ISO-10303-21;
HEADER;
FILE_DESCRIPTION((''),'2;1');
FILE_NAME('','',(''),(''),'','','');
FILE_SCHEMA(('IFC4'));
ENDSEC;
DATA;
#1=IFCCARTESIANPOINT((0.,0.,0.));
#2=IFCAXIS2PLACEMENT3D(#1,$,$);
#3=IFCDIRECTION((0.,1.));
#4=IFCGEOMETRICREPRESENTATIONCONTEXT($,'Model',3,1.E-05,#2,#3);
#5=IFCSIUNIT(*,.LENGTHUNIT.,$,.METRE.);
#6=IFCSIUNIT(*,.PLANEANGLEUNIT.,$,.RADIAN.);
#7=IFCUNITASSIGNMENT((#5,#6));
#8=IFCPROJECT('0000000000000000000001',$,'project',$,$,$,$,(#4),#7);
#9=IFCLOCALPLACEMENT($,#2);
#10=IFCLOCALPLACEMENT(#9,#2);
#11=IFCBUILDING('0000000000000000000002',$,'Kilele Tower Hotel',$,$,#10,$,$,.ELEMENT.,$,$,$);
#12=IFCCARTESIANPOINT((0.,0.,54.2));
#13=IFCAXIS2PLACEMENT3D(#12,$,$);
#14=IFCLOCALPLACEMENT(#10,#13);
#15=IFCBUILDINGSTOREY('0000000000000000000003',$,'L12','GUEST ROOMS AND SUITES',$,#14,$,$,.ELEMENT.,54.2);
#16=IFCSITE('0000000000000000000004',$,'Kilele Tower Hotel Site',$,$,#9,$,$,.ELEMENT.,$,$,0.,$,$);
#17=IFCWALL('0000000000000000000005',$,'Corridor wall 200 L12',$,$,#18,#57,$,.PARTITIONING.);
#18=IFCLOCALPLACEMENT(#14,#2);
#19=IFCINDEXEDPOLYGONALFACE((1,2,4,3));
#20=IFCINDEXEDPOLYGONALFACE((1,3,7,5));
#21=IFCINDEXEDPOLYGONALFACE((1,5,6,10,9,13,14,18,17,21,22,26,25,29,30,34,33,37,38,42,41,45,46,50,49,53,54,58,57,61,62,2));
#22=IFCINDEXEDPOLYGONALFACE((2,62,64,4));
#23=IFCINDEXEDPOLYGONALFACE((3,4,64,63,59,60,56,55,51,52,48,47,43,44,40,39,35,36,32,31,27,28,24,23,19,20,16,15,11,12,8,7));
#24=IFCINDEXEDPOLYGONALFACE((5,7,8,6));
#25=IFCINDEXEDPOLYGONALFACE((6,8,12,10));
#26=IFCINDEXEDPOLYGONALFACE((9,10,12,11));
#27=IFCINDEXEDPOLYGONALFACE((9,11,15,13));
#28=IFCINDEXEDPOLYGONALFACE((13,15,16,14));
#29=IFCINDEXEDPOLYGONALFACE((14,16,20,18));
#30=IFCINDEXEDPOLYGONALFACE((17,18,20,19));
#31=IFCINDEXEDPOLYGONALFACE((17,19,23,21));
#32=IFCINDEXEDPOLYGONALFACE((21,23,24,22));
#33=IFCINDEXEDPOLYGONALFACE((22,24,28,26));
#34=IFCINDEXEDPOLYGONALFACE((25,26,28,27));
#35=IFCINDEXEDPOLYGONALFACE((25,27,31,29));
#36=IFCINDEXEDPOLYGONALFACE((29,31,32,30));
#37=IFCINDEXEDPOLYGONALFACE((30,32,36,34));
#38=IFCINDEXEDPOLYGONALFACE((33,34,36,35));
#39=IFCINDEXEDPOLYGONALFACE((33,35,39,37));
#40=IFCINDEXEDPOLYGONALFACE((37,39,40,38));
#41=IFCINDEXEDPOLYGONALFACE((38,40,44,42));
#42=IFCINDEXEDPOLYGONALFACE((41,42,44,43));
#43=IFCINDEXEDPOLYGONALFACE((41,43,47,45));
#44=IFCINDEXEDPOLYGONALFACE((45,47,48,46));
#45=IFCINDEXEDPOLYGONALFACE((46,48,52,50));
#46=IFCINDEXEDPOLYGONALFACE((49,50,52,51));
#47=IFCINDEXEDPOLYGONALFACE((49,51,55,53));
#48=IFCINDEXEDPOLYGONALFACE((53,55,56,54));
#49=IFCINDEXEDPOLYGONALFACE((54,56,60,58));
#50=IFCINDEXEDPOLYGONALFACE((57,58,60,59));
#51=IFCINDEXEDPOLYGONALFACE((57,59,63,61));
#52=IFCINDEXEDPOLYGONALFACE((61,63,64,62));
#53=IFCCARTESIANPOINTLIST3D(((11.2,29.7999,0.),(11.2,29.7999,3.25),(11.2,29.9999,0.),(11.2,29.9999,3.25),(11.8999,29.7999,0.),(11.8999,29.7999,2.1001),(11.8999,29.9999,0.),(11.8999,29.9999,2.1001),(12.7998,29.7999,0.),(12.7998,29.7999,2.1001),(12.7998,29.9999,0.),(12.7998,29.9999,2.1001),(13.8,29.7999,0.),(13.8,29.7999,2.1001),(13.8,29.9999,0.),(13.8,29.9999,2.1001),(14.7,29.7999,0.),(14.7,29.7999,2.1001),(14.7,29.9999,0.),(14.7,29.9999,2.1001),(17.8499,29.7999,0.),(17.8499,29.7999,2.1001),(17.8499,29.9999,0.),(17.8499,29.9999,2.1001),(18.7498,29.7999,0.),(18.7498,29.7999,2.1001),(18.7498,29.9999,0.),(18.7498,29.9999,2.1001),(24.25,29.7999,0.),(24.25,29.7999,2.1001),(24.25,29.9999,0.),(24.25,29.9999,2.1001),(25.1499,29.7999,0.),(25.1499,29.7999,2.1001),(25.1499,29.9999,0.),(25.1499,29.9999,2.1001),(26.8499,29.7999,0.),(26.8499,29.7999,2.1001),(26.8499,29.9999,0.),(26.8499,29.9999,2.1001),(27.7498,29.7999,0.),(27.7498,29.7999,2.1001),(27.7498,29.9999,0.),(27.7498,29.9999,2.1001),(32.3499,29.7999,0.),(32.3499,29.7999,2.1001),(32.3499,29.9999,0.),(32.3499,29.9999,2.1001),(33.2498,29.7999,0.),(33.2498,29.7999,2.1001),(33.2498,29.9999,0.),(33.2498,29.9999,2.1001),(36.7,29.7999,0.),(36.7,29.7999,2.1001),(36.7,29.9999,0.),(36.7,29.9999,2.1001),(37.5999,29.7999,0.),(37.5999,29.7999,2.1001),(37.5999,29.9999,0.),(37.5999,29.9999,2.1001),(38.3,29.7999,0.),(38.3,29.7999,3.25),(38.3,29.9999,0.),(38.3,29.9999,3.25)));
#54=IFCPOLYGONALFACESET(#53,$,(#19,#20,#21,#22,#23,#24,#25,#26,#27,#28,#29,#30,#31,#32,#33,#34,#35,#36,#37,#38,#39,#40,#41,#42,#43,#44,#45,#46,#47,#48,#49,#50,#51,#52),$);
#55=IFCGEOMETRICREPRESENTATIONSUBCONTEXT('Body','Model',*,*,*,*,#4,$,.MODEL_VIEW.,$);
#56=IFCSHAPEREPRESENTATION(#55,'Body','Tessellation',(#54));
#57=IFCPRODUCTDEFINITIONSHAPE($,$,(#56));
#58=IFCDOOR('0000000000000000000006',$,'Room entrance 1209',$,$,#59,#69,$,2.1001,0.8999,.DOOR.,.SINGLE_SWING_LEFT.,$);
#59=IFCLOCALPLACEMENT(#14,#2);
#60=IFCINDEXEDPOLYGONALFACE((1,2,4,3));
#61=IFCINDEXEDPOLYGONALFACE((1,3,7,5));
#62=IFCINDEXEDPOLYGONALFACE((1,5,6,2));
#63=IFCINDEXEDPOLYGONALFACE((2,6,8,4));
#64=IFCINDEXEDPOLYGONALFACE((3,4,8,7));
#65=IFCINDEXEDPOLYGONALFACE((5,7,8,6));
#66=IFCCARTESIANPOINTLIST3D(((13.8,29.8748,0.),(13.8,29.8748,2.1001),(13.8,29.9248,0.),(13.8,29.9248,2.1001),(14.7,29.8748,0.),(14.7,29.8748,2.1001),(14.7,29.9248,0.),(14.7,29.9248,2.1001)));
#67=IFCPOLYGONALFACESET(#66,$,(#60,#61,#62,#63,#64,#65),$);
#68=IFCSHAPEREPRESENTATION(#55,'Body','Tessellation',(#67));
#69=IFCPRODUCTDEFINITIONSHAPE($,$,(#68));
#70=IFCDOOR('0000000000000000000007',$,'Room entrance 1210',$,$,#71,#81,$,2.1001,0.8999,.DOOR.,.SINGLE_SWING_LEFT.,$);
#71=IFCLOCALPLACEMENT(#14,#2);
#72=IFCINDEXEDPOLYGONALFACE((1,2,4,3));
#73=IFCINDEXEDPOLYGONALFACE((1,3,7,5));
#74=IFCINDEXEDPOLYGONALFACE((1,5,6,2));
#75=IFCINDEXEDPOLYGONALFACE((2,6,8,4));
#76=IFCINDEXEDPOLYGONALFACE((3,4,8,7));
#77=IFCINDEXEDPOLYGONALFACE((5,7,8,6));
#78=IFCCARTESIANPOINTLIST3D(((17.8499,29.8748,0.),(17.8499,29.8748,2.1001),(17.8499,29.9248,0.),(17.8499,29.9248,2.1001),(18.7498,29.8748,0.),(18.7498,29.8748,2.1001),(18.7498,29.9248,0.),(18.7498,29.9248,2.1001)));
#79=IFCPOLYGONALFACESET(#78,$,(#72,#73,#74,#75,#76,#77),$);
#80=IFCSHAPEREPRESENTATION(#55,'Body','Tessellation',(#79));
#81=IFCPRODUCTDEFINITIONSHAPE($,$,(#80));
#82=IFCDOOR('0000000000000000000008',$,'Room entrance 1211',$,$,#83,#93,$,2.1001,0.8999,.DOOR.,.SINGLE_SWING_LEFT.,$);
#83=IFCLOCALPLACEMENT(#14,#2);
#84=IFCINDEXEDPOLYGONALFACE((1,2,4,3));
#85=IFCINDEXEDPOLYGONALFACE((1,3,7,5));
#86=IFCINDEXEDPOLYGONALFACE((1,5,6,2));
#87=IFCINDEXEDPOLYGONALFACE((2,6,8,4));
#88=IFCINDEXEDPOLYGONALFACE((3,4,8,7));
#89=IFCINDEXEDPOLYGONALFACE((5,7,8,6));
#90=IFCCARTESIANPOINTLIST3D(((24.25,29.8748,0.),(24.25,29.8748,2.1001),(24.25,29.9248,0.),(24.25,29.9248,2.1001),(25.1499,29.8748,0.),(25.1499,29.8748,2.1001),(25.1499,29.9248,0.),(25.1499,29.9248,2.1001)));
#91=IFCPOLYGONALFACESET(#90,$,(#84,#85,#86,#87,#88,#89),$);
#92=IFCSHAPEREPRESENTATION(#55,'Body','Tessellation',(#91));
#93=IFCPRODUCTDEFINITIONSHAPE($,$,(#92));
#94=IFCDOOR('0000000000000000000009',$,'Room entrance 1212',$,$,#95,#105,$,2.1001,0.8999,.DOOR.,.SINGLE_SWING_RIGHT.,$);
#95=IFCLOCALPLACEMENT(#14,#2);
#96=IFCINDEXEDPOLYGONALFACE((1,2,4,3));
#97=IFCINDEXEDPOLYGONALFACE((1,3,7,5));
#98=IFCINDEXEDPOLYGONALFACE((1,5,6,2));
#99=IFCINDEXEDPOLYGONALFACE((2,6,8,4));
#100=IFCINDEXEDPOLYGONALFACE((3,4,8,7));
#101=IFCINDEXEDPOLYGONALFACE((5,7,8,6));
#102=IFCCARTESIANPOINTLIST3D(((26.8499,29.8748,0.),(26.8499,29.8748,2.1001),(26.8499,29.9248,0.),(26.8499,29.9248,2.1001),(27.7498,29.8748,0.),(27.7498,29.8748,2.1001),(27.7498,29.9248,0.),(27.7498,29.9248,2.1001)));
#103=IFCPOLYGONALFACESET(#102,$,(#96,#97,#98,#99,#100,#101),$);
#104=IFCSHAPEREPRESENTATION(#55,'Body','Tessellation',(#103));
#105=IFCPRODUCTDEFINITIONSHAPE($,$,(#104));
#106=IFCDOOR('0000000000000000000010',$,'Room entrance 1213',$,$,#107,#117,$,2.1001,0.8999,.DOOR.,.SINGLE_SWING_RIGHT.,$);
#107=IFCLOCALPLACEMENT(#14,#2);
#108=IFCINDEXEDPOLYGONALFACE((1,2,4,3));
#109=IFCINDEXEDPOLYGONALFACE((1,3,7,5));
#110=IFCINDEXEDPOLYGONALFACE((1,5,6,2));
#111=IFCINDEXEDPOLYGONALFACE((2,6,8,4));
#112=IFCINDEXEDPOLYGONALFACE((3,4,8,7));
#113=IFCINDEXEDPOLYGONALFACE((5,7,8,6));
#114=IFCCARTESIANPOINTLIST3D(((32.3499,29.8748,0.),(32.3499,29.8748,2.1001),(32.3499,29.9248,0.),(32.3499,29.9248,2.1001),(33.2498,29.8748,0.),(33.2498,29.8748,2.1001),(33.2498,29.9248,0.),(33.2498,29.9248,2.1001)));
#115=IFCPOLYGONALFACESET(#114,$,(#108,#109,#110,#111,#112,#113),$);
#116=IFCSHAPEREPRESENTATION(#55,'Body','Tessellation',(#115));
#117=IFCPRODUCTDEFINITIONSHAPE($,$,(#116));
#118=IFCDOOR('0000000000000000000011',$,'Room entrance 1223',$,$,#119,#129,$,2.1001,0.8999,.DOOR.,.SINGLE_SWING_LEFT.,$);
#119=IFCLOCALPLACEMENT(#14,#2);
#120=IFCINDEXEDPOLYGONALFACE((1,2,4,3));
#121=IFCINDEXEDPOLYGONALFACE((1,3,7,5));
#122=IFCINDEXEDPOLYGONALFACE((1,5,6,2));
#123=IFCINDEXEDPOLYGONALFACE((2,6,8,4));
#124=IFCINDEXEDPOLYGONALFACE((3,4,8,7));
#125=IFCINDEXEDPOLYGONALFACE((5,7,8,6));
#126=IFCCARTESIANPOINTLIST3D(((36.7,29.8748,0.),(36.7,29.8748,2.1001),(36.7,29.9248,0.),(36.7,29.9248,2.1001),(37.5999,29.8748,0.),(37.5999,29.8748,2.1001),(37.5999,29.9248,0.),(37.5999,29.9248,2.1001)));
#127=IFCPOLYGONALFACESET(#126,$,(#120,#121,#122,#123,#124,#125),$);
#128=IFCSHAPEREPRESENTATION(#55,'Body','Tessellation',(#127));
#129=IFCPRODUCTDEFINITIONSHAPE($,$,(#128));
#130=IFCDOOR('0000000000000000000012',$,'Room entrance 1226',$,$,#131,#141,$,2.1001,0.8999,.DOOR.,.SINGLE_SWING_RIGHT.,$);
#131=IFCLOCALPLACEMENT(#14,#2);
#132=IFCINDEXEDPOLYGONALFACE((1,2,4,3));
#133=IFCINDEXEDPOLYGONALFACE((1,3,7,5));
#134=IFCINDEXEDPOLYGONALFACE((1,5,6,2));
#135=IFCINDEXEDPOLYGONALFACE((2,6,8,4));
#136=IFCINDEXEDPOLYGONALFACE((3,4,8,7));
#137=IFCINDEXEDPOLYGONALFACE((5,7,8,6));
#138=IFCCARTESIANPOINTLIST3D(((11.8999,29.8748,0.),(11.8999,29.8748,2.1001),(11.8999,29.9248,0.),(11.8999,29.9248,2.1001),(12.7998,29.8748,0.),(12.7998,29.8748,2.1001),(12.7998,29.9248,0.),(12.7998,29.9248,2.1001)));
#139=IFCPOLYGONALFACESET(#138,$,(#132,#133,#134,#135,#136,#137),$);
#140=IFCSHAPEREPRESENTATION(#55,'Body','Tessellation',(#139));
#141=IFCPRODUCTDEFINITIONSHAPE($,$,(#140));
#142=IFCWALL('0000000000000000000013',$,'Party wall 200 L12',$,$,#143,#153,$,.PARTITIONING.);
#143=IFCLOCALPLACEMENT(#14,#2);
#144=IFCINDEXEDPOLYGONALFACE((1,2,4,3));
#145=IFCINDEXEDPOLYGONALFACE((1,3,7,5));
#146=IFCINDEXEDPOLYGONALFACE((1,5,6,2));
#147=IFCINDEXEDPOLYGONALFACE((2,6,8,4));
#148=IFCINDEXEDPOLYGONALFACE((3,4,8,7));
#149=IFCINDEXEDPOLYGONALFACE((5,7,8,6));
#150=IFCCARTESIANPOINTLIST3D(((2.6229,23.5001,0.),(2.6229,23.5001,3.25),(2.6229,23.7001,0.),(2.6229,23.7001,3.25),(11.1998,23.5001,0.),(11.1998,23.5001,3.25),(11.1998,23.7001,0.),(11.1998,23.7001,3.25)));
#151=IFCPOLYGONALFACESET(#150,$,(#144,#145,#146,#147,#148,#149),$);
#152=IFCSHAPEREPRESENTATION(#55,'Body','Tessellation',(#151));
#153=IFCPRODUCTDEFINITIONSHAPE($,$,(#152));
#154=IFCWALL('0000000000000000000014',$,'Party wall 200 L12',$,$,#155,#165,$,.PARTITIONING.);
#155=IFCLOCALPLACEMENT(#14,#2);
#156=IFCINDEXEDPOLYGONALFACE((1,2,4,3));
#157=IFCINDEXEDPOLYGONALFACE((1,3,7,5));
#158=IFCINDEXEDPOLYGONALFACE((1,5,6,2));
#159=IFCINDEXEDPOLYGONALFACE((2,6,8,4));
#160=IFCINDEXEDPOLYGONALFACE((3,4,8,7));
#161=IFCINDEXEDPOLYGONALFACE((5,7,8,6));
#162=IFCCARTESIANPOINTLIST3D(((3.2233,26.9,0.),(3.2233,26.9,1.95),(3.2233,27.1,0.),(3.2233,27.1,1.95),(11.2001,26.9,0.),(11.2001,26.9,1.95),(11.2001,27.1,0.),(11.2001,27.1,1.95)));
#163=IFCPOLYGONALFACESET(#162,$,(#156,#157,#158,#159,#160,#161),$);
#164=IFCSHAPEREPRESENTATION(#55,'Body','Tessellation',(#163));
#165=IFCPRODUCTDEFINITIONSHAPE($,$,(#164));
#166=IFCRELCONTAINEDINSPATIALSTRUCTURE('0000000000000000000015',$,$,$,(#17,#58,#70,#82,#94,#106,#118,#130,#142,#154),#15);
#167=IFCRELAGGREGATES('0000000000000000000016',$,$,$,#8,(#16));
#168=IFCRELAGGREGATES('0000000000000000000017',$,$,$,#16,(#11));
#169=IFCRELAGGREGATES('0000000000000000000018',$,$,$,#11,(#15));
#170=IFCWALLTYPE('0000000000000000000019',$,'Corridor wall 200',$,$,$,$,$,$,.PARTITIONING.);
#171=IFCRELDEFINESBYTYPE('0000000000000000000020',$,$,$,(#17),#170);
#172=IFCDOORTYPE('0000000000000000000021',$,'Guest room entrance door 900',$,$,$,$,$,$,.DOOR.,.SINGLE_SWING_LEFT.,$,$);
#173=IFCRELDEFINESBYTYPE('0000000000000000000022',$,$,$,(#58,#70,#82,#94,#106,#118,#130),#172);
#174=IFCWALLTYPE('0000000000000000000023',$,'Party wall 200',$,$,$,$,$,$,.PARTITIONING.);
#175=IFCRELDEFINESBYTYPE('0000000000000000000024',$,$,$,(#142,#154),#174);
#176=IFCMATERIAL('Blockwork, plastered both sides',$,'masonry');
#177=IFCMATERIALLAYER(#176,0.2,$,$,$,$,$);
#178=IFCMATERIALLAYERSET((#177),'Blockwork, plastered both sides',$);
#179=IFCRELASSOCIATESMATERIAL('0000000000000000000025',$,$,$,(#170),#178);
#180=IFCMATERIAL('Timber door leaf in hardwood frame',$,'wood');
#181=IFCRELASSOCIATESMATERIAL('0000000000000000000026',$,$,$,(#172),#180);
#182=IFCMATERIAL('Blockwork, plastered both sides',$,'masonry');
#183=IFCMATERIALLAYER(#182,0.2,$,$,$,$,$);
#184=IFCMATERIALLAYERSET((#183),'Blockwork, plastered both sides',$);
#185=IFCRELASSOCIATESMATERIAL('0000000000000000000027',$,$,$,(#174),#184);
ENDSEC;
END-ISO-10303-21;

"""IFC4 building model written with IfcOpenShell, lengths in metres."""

from ifc_helpers import new_model, si_unit, direction, frame, frame_2d, origin, place, context, subcontext, project, spatial, rectangle, extrude, material, layer, layer_set, type_object, element, fill, save


model = new_model("IFC4")

# Units and contexts
model_context = context("Model", 3, precision=1e-05, world=origin(), true_north=direction((0.0, 1.0)))
body_context = subcontext(model_context, "Body", "Model", "MODEL_VIEW")
ifc_project = project(units=[si_unit("LENGTHUNIT", "METRE"), si_unit("PLANEANGLEUNIT", "RADIAN")], contexts=[model_context])

# Site, building, storey
site_placement = place(None, origin())
site = spatial("IfcSite", under=ifc_project, at=site_placement, Name="Kilele Tower Hotel Site", CompositionType="ELEMENT", RefElevation=0.0)
building_placement = place(site_placement, origin())
building = spatial("IfcBuilding", under=site, at=building_placement, Name="Kilele Tower Hotel", CompositionType="ELEMENT")
storey_placement = place(building_placement, frame((0.0, 0.0, 54.2)))
storey = spatial("IfcBuildingStorey", under=building, at=storey_placement, Name="L12", Description="GUEST ROOMS AND SUITES", CompositionType="ELEMENT", Elevation=54.2)

# Wall, openings, doors
ifc_material_1 = material(Name="Blockwork, plastered both sides", Category="masonry")
ifc_layer_1 = layer(ifc_material_1, 0.2)
ifc_layer_set_1 = layer_set([ifc_layer_1], Name="Blockwork, plastered both sides")
wall_type_1 = type_object("IfcWallType", Name="Corridor wall 200", PredefinedType="PARTITIONING", material=ifc_layer_set_1)
wall_1_placement = place(storey_placement, frame((11.2, 29.8999, 0.0), z_axis=(0.0, 0.0, 1.0), x_axis=(1.0, 0.0, 0.0)))
wall_1 = element("IfcWall", 1, at=wall_1_placement, inside=storey, type_object=wall_type_1, Name="Corridor wall 200 L12", PredefinedType="PARTITIONING", context=body_context, shape_type="SweptSolid", body=[
    extrude(rectangle(XDim=27.1001, YDim=0.2, at=frame_2d((13.55, 0.0))), origin(), (0.0, 0.0, 1.0), 3.25),
])
opening_1_placement = place(wall_1_placement, frame((2.6001, 0.0, 0.0)))
opening_1 = element("IfcOpeningElement", 2, at=opening_1_placement, cuts=wall_1, PredefinedType="OPENING", context=body_context, shape_type="SweptSolid", body=[
    extrude(rectangle(XDim=0.8999, YDim=2.1001, at=frame_2d((0.45, 1.05))), frame((0.0, 0.1099, 0.0), z_axis=(0.0, -1.0, 0.0), x_axis=(1.0, 0.0, 0.0)), (0.0, 0.0, 1.0), 0.22),
])
opening_2_placement = place(wall_1_placement, frame((6.6499, 0.0, 0.0)))
opening_2 = element("IfcOpeningElement", 3, at=opening_2_placement, cuts=wall_1, PredefinedType="OPENING", context=body_context, shape_type="SweptSolid", body=[
    extrude(rectangle(XDim=0.8999, YDim=2.1001, at=frame_2d((0.45, 1.05))), frame((0.0, 0.1099, 0.0), z_axis=(0.0, -1.0, 0.0), x_axis=(1.0, 0.0, 0.0)), (0.0, 0.0, 1.0), 0.22),
])
opening_3_placement = place(wall_1_placement, frame((13.05, 0.0, 0.0)))
opening_3 = element("IfcOpeningElement", 4, at=opening_3_placement, cuts=wall_1, PredefinedType="OPENING", context=body_context, shape_type="SweptSolid", body=[
    extrude(rectangle(XDim=0.8999, YDim=2.1001, at=frame_2d((0.45, 1.05))), frame((0.0, 0.1099, 0.0), z_axis=(0.0, -1.0, 0.0), x_axis=(1.0, 0.0, 0.0)), (0.0, 0.0, 1.0), 0.22),
])
opening_4_placement = place(wall_1_placement, frame((15.6499, 0.0, 0.0)))
opening_4 = element("IfcOpeningElement", 5, at=opening_4_placement, cuts=wall_1, PredefinedType="OPENING", context=body_context, shape_type="SweptSolid", body=[
    extrude(rectangle(XDim=0.8999, YDim=2.1001, at=frame_2d((0.45, 1.05))), frame((0.0, 0.1099, 0.0), z_axis=(0.0, -1.0, 0.0), x_axis=(1.0, 0.0, 0.0)), (0.0, 0.0, 1.0), 0.22),
])
opening_5_placement = place(wall_1_placement, frame((21.1499, 0.0, 0.0)))
opening_5 = element("IfcOpeningElement", 6, at=opening_5_placement, cuts=wall_1, PredefinedType="OPENING", context=body_context, shape_type="SweptSolid", body=[
    extrude(rectangle(XDim=0.8999, YDim=2.1001, at=frame_2d((0.45, 1.05))), frame((0.0, 0.1099, 0.0), z_axis=(0.0, -1.0, 0.0), x_axis=(1.0, 0.0, 0.0)), (0.0, 0.0, 1.0), 0.22),
])
opening_6_placement = place(wall_1_placement, frame((25.5, 0.0, 0.0)))
opening_6 = element("IfcOpeningElement", 7, at=opening_6_placement, cuts=wall_1, PredefinedType="OPENING", context=body_context, shape_type="SweptSolid", body=[
    extrude(rectangle(XDim=0.8999, YDim=2.1001, at=frame_2d((0.45, 1.05))), frame((0.0, 0.1099, 0.0), z_axis=(0.0, -1.0, 0.0), x_axis=(1.0, 0.0, 0.0)), (0.0, 0.0, 1.0), 0.22),
])
opening_7_placement = place(wall_1_placement, frame((0.7, 0.0, 0.0)))
opening_7 = element("IfcOpeningElement", 8, at=opening_7_placement, cuts=wall_1, PredefinedType="OPENING", context=body_context, shape_type="SweptSolid", body=[
    extrude(rectangle(XDim=0.8999, YDim=2.1001, at=frame_2d((0.45, 1.05))), frame((0.0, 0.1099, 0.0), z_axis=(0.0, -1.0, 0.0), x_axis=(1.0, 0.0, 0.0)), (0.0, 0.0, 1.0), 0.22),
])
ifc_material_2 = material(Name="Timber door leaf in hardwood frame", Category="wood")
door_type_1 = type_object("IfcDoorType", Name="Guest room entrance door 900", OperationType="SINGLE_SWING_LEFT", PredefinedType="DOOR", material=ifc_material_2)
door_1_placement = place(opening_1_placement, origin())
door_1 = element("IfcDoor", 9, at=door_1_placement, inside=storey, type_object=door_type_1, Name="Room entrance 1209", OperationType="SINGLE_SWING_LEFT", OverallHeight=2.1001, OverallWidth=0.8999, PredefinedType="DOOR", context=body_context, shape_type="SweptSolid", body=[
    extrude(rectangle(XDim=0.8999, YDim=2.1001, at=frame_2d((0.45, 1.05))), frame((0.0, 0.0249, 0.0), z_axis=(0.0, -1.0, 0.0), x_axis=(1.0, 0.0, 0.0)), (0.0, 0.0, 1.0), 0.05),
])
fill(opening_1, door_1)
door_2_placement = place(opening_2_placement, origin())
door_2 = element("IfcDoor", 10, at=door_2_placement, inside=storey, type_object=door_type_1, Name="Room entrance 1210", OperationType="SINGLE_SWING_LEFT", OverallHeight=2.1001, OverallWidth=0.8999, PredefinedType="DOOR", context=body_context, shape_type="SweptSolid", body=[
    extrude(rectangle(XDim=0.8999, YDim=2.1001, at=frame_2d((0.45, 1.05))), frame((0.0, 0.0249, 0.0), z_axis=(0.0, -1.0, 0.0), x_axis=(1.0, 0.0, 0.0)), (0.0, 0.0, 1.0), 0.05),
])
fill(opening_2, door_2)
door_3_placement = place(opening_3_placement, origin())
door_3 = element("IfcDoor", 11, at=door_3_placement, inside=storey, type_object=door_type_1, Name="Room entrance 1211", OperationType="SINGLE_SWING_LEFT", OverallHeight=2.1001, OverallWidth=0.8999, PredefinedType="DOOR", context=body_context, shape_type="SweptSolid", body=[
    extrude(rectangle(XDim=0.8999, YDim=2.1001, at=frame_2d((0.45, 1.05))), frame((0.0, 0.0249, 0.0), z_axis=(0.0, -1.0, 0.0), x_axis=(1.0, 0.0, 0.0)), (0.0, 0.0, 1.0), 0.05),
])
fill(opening_3, door_3)
door_4_placement = place(opening_4_placement, origin())
door_4 = element("IfcDoor", 12, at=door_4_placement, inside=storey, type_object=door_type_1, Name="Room entrance 1212", OperationType="SINGLE_SWING_RIGHT", OverallHeight=2.1001, OverallWidth=0.8999, PredefinedType="DOOR", context=body_context, shape_type="SweptSolid", body=[
    extrude(rectangle(XDim=0.8999, YDim=2.1001, at=frame_2d((0.45, 1.05))), frame((0.0, 0.0249, 0.0), z_axis=(0.0, -1.0, 0.0), x_axis=(1.0, 0.0, 0.0)), (0.0, 0.0, 1.0), 0.05),
])
fill(opening_4, door_4)
door_5_placement = place(opening_5_placement, origin())
door_5 = element("IfcDoor", 13, at=door_5_placement, inside=storey, type_object=door_type_1, Name="Room entrance 1213", OperationType="SINGLE_SWING_RIGHT", OverallHeight=2.1001, OverallWidth=0.8999, PredefinedType="DOOR", context=body_context, shape_type="SweptSolid", body=[
    extrude(rectangle(XDim=0.8999, YDim=2.1001, at=frame_2d((0.45, 1.05))), frame((0.0, 0.0249, 0.0), z_axis=(0.0, -1.0, 0.0), x_axis=(1.0, 0.0, 0.0)), (0.0, 0.0, 1.0), 0.05),
])
fill(opening_5, door_5)
door_6_placement = place(opening_6_placement, origin())
door_6 = element("IfcDoor", 14, at=door_6_placement, inside=storey, type_object=door_type_1, Name="Room entrance 1223", OperationType="SINGLE_SWING_LEFT", OverallHeight=2.1001, OverallWidth=0.8999, PredefinedType="DOOR", context=body_context, shape_type="SweptSolid", body=[
    extrude(rectangle(XDim=0.8999, YDim=2.1001, at=frame_2d((0.45, 1.05))), frame((0.0, 0.0249, 0.0), z_axis=(0.0, -1.0, 0.0), x_axis=(1.0, 0.0, 0.0)), (0.0, 0.0, 1.0), 0.05),
])
fill(opening_6, door_6)
door_7_placement = place(opening_7_placement, origin())
door_7 = element("IfcDoor", 15, at=door_7_placement, inside=storey, type_object=door_type_1, Name="Room entrance 1226", OperationType="SINGLE_SWING_RIGHT", OverallHeight=2.1001, OverallWidth=0.8999, PredefinedType="DOOR", context=body_context, shape_type="SweptSolid", body=[
    extrude(rectangle(XDim=0.8999, YDim=2.1001, at=frame_2d((0.45, 1.05))), frame((0.0, 0.0249, 0.0), z_axis=(0.0, -1.0, 0.0), x_axis=(1.0, 0.0, 0.0)), (0.0, 0.0, 1.0), 0.05),
])
fill(opening_7, door_7)

# Walls
ifc_material_3 = material(Name="Blockwork, plastered both sides", Category="masonry")
ifc_layer_2 = layer(ifc_material_3, 0.2)
ifc_layer_set_2 = layer_set([ifc_layer_2], Name="Blockwork, plastered both sides")
wall_type_2 = type_object("IfcWallType", Name="Party wall 200", PredefinedType="PARTITIONING", material=ifc_layer_set_2)
wall_2_placement = place(storey_placement, frame((11.2, 23.6001, 0.0), z_axis=(0.0, 0.0, 1.0), x_axis=(-1.0, 0.0, 0.0)))
element("IfcWall", 16, at=wall_2_placement, inside=storey, type_object=wall_type_2, Name="Party wall 200 L12", PredefinedType="PARTITIONING", context=body_context, shape_type="SweptSolid", body=[
    extrude(rectangle(XDim=8.5769, YDim=0.2, at=frame_2d((4.2886, 0.0))), origin(), (0.0, 0.0, 1.0), 3.25),
])
wall_3_placement = place(storey_placement, frame((11.2, 27.0, 0.0), z_axis=(0.0, 0.0, 1.0), x_axis=(-1.0, 0.0, 0.0)))
element("IfcWall", 17, at=wall_3_placement, inside=storey, type_object=wall_type_2, Name="Party wall 200 L12", PredefinedType="PARTITIONING", context=body_context, shape_type="SweptSolid", body=[
    extrude(rectangle(XDim=7.9768, YDim=0.2, at=frame_2d((3.9883, 0.0))), origin(), (0.0, 0.0, 1.0), 1.95),
])

save(model, "model.ifc")
